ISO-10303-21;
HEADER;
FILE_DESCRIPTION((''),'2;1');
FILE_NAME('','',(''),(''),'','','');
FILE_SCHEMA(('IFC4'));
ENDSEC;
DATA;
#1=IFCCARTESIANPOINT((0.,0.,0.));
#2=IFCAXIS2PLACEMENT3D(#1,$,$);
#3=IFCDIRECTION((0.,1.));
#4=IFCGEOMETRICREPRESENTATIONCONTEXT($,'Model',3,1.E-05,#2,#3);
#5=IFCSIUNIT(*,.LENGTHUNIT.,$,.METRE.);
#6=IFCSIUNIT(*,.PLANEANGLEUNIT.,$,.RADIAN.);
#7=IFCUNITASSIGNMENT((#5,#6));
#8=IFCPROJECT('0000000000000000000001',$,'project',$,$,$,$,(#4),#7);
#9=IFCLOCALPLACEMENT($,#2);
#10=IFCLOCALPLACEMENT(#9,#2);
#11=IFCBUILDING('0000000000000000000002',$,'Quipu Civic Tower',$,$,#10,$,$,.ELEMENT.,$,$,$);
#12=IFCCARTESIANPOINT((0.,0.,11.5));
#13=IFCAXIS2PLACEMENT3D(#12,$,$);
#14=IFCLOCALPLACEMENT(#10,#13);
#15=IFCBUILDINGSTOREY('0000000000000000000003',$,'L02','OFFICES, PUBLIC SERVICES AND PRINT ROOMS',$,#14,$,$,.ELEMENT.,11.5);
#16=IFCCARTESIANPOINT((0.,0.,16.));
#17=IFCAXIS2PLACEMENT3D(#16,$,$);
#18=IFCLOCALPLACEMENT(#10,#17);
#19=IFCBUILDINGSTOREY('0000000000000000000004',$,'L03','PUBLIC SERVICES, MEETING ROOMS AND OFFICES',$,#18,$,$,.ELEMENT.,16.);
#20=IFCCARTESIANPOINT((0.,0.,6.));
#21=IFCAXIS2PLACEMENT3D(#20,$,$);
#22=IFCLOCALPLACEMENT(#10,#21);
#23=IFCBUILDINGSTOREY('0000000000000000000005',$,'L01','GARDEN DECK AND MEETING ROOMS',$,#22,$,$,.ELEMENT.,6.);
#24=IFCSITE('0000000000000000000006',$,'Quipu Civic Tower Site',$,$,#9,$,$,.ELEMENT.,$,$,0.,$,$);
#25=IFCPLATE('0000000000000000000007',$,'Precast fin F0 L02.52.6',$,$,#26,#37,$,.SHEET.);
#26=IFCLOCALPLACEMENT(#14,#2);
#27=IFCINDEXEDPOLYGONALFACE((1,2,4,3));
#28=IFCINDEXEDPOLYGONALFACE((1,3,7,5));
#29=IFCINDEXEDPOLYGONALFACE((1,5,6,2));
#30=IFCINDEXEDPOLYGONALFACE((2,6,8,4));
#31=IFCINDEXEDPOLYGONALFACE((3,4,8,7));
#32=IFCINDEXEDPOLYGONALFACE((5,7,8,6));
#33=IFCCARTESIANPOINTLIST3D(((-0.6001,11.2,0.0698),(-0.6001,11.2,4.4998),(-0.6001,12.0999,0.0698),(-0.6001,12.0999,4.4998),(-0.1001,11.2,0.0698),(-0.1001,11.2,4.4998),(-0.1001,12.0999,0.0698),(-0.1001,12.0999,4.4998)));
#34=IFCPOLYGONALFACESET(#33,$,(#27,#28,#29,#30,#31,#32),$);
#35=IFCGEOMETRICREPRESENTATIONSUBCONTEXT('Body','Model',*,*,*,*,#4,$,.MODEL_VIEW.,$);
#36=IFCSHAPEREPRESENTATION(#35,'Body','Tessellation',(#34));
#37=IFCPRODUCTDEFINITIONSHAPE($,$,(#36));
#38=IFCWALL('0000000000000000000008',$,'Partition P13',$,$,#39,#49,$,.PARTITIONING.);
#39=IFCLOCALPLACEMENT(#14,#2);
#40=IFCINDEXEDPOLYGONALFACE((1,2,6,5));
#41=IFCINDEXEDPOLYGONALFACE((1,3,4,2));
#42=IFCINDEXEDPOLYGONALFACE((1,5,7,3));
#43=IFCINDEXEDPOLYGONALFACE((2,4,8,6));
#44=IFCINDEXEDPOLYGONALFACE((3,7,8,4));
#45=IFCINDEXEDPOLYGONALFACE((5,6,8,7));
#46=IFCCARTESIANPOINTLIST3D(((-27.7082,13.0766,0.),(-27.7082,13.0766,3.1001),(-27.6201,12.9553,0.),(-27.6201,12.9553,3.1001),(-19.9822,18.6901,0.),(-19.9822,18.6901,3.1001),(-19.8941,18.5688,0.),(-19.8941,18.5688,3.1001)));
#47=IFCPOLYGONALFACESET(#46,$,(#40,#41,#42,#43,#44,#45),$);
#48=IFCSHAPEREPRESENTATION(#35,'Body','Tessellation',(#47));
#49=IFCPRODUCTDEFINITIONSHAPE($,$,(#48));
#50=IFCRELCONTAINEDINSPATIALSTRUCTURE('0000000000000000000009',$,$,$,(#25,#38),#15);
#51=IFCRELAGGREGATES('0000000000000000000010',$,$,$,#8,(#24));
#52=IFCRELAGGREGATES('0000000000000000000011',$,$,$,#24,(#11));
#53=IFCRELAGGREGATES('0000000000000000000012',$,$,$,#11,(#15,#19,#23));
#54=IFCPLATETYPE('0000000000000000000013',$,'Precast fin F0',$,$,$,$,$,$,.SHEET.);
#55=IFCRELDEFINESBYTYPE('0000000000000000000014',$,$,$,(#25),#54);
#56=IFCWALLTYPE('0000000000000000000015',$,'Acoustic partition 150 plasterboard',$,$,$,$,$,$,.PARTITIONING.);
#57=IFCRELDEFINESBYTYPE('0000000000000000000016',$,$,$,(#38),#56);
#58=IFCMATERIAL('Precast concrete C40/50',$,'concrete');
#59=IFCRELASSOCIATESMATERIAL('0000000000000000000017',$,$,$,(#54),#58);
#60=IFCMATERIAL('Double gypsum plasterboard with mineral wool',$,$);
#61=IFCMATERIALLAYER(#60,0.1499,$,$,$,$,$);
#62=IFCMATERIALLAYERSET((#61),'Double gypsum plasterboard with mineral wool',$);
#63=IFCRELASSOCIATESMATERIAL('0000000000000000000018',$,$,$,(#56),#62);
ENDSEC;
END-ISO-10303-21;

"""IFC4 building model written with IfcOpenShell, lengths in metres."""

from ifc_helpers import new_model, si_unit, direction, frame, frame_2d, origin, origin_2d, place, context, subcontext, project, spatial, rectangle, extrude, material, layer, layer_set, type_object, element, save


model = new_model("IFC4")

# Units and contexts
model_context = context("Model", 3, precision=1e-05, world=origin(), true_north=direction((0.0, 1.0)))
body_context = subcontext(model_context, "Body", "Model", "MODEL_VIEW")
ifc_project = project(units=[si_unit("LENGTHUNIT", "METRE"), si_unit("PLANEANGLEUNIT", "RADIAN")], contexts=[model_context])

# Site, building, storey
site_placement = place(None, origin())
site = spatial("IfcSite", under=ifc_project, at=site_placement, Name="Quipu Civic Tower Site", CompositionType="ELEMENT", RefElevation=0.0)
building_placement = place(site_placement, origin())
building = spatial("IfcBuilding", under=site, at=building_placement, Name="Quipu Civic Tower", CompositionType="ELEMENT")
storey_1_placement = place(building_placement, frame((0.0, 0.0, 11.5)))
storey_1 = spatial("IfcBuildingStorey", under=building, at=storey_1_placement, Name="L02", Description="OFFICES, PUBLIC SERVICES AND PRINT ROOMS", CompositionType="ELEMENT", Elevation=11.5)

# Shared definitions
storey_2_placement = place(building_placement, frame((0.0, 0.0, 16.0)))
storey_2 = spatial("IfcBuildingStorey", under=building, at=storey_2_placement, Name="L03", Description="PUBLIC SERVICES, MEETING ROOMS AND OFFICES", CompositionType="ELEMENT", Elevation=16.0)

# Shared definitions
storey_3_placement = place(building_placement, frame((0.0, 0.0, 6.0)))
storey_3 = spatial("IfcBuildingStorey", under=building, at=storey_3_placement, Name="L01", Description="GARDEN DECK AND MEETING ROOMS", CompositionType="ELEMENT", Elevation=6.0)

# Plate
ifc_material_1 = material(Name="Precast concrete C40/50", Category="concrete")
plate_type_1 = type_object("IfcPlateType", Name="Precast fin F0", PredefinedType="SHEET", material=ifc_material_1)
for number, where, z_axis, x_axis, name in (
    (1, (-0.3501, 11.6499, 0.0698), (0.0, 0.0, 1.0), (-1.0, 0.0, 0.0), "Precast fin F0 L02.52.6"),
):
    element("IfcPlate", number, at=place(storey_1_placement, frame(where, z_axis=z_axis, x_axis=x_axis)), inside=storey_1, type_object=plate_type_1, Name=name, PredefinedType="SHEET", context=body_context, shape_type="SweptSolid", body=[
        extrude(rectangle(XDim=0.5, YDim=0.8999, at=origin_2d()), origin(), (0.0, 0.0, 1.0), 4.4299),
    ])

# Wall
ifc_material_2 = material(Name="Double gypsum plasterboard with mineral wool")
ifc_layer_1 = layer(ifc_material_2, 0.1499)
ifc_layer_set_1 = layer_set([ifc_layer_1], Name="Double gypsum plasterboard with mineral wool")
wall_type = type_object("IfcWallType", Name="Acoustic partition 150 plasterboard", PredefinedType="PARTITIONING", material=ifc_layer_set_1)
wall_placement = place(storey_1_placement, frame((-19.9382, 18.6294, 0.0), z_axis=(0.0, 0.0, 1.0), x_axis=(-0.809007, -0.587799, 0.0)))
element("IfcWall", 2, at=wall_placement, inside=storey_1, type_object=wall_type, Name="Partition P13", PredefinedType="PARTITIONING", context=body_context, shape_type="SweptSolid", body=[
    extrude(rectangle(XDim=9.55, YDim=0.1499, at=frame_2d((4.7749, 0.0))), origin(), (0.0, 0.0, 1.0), 3.1001),
])

save(model, "model.ifc")
